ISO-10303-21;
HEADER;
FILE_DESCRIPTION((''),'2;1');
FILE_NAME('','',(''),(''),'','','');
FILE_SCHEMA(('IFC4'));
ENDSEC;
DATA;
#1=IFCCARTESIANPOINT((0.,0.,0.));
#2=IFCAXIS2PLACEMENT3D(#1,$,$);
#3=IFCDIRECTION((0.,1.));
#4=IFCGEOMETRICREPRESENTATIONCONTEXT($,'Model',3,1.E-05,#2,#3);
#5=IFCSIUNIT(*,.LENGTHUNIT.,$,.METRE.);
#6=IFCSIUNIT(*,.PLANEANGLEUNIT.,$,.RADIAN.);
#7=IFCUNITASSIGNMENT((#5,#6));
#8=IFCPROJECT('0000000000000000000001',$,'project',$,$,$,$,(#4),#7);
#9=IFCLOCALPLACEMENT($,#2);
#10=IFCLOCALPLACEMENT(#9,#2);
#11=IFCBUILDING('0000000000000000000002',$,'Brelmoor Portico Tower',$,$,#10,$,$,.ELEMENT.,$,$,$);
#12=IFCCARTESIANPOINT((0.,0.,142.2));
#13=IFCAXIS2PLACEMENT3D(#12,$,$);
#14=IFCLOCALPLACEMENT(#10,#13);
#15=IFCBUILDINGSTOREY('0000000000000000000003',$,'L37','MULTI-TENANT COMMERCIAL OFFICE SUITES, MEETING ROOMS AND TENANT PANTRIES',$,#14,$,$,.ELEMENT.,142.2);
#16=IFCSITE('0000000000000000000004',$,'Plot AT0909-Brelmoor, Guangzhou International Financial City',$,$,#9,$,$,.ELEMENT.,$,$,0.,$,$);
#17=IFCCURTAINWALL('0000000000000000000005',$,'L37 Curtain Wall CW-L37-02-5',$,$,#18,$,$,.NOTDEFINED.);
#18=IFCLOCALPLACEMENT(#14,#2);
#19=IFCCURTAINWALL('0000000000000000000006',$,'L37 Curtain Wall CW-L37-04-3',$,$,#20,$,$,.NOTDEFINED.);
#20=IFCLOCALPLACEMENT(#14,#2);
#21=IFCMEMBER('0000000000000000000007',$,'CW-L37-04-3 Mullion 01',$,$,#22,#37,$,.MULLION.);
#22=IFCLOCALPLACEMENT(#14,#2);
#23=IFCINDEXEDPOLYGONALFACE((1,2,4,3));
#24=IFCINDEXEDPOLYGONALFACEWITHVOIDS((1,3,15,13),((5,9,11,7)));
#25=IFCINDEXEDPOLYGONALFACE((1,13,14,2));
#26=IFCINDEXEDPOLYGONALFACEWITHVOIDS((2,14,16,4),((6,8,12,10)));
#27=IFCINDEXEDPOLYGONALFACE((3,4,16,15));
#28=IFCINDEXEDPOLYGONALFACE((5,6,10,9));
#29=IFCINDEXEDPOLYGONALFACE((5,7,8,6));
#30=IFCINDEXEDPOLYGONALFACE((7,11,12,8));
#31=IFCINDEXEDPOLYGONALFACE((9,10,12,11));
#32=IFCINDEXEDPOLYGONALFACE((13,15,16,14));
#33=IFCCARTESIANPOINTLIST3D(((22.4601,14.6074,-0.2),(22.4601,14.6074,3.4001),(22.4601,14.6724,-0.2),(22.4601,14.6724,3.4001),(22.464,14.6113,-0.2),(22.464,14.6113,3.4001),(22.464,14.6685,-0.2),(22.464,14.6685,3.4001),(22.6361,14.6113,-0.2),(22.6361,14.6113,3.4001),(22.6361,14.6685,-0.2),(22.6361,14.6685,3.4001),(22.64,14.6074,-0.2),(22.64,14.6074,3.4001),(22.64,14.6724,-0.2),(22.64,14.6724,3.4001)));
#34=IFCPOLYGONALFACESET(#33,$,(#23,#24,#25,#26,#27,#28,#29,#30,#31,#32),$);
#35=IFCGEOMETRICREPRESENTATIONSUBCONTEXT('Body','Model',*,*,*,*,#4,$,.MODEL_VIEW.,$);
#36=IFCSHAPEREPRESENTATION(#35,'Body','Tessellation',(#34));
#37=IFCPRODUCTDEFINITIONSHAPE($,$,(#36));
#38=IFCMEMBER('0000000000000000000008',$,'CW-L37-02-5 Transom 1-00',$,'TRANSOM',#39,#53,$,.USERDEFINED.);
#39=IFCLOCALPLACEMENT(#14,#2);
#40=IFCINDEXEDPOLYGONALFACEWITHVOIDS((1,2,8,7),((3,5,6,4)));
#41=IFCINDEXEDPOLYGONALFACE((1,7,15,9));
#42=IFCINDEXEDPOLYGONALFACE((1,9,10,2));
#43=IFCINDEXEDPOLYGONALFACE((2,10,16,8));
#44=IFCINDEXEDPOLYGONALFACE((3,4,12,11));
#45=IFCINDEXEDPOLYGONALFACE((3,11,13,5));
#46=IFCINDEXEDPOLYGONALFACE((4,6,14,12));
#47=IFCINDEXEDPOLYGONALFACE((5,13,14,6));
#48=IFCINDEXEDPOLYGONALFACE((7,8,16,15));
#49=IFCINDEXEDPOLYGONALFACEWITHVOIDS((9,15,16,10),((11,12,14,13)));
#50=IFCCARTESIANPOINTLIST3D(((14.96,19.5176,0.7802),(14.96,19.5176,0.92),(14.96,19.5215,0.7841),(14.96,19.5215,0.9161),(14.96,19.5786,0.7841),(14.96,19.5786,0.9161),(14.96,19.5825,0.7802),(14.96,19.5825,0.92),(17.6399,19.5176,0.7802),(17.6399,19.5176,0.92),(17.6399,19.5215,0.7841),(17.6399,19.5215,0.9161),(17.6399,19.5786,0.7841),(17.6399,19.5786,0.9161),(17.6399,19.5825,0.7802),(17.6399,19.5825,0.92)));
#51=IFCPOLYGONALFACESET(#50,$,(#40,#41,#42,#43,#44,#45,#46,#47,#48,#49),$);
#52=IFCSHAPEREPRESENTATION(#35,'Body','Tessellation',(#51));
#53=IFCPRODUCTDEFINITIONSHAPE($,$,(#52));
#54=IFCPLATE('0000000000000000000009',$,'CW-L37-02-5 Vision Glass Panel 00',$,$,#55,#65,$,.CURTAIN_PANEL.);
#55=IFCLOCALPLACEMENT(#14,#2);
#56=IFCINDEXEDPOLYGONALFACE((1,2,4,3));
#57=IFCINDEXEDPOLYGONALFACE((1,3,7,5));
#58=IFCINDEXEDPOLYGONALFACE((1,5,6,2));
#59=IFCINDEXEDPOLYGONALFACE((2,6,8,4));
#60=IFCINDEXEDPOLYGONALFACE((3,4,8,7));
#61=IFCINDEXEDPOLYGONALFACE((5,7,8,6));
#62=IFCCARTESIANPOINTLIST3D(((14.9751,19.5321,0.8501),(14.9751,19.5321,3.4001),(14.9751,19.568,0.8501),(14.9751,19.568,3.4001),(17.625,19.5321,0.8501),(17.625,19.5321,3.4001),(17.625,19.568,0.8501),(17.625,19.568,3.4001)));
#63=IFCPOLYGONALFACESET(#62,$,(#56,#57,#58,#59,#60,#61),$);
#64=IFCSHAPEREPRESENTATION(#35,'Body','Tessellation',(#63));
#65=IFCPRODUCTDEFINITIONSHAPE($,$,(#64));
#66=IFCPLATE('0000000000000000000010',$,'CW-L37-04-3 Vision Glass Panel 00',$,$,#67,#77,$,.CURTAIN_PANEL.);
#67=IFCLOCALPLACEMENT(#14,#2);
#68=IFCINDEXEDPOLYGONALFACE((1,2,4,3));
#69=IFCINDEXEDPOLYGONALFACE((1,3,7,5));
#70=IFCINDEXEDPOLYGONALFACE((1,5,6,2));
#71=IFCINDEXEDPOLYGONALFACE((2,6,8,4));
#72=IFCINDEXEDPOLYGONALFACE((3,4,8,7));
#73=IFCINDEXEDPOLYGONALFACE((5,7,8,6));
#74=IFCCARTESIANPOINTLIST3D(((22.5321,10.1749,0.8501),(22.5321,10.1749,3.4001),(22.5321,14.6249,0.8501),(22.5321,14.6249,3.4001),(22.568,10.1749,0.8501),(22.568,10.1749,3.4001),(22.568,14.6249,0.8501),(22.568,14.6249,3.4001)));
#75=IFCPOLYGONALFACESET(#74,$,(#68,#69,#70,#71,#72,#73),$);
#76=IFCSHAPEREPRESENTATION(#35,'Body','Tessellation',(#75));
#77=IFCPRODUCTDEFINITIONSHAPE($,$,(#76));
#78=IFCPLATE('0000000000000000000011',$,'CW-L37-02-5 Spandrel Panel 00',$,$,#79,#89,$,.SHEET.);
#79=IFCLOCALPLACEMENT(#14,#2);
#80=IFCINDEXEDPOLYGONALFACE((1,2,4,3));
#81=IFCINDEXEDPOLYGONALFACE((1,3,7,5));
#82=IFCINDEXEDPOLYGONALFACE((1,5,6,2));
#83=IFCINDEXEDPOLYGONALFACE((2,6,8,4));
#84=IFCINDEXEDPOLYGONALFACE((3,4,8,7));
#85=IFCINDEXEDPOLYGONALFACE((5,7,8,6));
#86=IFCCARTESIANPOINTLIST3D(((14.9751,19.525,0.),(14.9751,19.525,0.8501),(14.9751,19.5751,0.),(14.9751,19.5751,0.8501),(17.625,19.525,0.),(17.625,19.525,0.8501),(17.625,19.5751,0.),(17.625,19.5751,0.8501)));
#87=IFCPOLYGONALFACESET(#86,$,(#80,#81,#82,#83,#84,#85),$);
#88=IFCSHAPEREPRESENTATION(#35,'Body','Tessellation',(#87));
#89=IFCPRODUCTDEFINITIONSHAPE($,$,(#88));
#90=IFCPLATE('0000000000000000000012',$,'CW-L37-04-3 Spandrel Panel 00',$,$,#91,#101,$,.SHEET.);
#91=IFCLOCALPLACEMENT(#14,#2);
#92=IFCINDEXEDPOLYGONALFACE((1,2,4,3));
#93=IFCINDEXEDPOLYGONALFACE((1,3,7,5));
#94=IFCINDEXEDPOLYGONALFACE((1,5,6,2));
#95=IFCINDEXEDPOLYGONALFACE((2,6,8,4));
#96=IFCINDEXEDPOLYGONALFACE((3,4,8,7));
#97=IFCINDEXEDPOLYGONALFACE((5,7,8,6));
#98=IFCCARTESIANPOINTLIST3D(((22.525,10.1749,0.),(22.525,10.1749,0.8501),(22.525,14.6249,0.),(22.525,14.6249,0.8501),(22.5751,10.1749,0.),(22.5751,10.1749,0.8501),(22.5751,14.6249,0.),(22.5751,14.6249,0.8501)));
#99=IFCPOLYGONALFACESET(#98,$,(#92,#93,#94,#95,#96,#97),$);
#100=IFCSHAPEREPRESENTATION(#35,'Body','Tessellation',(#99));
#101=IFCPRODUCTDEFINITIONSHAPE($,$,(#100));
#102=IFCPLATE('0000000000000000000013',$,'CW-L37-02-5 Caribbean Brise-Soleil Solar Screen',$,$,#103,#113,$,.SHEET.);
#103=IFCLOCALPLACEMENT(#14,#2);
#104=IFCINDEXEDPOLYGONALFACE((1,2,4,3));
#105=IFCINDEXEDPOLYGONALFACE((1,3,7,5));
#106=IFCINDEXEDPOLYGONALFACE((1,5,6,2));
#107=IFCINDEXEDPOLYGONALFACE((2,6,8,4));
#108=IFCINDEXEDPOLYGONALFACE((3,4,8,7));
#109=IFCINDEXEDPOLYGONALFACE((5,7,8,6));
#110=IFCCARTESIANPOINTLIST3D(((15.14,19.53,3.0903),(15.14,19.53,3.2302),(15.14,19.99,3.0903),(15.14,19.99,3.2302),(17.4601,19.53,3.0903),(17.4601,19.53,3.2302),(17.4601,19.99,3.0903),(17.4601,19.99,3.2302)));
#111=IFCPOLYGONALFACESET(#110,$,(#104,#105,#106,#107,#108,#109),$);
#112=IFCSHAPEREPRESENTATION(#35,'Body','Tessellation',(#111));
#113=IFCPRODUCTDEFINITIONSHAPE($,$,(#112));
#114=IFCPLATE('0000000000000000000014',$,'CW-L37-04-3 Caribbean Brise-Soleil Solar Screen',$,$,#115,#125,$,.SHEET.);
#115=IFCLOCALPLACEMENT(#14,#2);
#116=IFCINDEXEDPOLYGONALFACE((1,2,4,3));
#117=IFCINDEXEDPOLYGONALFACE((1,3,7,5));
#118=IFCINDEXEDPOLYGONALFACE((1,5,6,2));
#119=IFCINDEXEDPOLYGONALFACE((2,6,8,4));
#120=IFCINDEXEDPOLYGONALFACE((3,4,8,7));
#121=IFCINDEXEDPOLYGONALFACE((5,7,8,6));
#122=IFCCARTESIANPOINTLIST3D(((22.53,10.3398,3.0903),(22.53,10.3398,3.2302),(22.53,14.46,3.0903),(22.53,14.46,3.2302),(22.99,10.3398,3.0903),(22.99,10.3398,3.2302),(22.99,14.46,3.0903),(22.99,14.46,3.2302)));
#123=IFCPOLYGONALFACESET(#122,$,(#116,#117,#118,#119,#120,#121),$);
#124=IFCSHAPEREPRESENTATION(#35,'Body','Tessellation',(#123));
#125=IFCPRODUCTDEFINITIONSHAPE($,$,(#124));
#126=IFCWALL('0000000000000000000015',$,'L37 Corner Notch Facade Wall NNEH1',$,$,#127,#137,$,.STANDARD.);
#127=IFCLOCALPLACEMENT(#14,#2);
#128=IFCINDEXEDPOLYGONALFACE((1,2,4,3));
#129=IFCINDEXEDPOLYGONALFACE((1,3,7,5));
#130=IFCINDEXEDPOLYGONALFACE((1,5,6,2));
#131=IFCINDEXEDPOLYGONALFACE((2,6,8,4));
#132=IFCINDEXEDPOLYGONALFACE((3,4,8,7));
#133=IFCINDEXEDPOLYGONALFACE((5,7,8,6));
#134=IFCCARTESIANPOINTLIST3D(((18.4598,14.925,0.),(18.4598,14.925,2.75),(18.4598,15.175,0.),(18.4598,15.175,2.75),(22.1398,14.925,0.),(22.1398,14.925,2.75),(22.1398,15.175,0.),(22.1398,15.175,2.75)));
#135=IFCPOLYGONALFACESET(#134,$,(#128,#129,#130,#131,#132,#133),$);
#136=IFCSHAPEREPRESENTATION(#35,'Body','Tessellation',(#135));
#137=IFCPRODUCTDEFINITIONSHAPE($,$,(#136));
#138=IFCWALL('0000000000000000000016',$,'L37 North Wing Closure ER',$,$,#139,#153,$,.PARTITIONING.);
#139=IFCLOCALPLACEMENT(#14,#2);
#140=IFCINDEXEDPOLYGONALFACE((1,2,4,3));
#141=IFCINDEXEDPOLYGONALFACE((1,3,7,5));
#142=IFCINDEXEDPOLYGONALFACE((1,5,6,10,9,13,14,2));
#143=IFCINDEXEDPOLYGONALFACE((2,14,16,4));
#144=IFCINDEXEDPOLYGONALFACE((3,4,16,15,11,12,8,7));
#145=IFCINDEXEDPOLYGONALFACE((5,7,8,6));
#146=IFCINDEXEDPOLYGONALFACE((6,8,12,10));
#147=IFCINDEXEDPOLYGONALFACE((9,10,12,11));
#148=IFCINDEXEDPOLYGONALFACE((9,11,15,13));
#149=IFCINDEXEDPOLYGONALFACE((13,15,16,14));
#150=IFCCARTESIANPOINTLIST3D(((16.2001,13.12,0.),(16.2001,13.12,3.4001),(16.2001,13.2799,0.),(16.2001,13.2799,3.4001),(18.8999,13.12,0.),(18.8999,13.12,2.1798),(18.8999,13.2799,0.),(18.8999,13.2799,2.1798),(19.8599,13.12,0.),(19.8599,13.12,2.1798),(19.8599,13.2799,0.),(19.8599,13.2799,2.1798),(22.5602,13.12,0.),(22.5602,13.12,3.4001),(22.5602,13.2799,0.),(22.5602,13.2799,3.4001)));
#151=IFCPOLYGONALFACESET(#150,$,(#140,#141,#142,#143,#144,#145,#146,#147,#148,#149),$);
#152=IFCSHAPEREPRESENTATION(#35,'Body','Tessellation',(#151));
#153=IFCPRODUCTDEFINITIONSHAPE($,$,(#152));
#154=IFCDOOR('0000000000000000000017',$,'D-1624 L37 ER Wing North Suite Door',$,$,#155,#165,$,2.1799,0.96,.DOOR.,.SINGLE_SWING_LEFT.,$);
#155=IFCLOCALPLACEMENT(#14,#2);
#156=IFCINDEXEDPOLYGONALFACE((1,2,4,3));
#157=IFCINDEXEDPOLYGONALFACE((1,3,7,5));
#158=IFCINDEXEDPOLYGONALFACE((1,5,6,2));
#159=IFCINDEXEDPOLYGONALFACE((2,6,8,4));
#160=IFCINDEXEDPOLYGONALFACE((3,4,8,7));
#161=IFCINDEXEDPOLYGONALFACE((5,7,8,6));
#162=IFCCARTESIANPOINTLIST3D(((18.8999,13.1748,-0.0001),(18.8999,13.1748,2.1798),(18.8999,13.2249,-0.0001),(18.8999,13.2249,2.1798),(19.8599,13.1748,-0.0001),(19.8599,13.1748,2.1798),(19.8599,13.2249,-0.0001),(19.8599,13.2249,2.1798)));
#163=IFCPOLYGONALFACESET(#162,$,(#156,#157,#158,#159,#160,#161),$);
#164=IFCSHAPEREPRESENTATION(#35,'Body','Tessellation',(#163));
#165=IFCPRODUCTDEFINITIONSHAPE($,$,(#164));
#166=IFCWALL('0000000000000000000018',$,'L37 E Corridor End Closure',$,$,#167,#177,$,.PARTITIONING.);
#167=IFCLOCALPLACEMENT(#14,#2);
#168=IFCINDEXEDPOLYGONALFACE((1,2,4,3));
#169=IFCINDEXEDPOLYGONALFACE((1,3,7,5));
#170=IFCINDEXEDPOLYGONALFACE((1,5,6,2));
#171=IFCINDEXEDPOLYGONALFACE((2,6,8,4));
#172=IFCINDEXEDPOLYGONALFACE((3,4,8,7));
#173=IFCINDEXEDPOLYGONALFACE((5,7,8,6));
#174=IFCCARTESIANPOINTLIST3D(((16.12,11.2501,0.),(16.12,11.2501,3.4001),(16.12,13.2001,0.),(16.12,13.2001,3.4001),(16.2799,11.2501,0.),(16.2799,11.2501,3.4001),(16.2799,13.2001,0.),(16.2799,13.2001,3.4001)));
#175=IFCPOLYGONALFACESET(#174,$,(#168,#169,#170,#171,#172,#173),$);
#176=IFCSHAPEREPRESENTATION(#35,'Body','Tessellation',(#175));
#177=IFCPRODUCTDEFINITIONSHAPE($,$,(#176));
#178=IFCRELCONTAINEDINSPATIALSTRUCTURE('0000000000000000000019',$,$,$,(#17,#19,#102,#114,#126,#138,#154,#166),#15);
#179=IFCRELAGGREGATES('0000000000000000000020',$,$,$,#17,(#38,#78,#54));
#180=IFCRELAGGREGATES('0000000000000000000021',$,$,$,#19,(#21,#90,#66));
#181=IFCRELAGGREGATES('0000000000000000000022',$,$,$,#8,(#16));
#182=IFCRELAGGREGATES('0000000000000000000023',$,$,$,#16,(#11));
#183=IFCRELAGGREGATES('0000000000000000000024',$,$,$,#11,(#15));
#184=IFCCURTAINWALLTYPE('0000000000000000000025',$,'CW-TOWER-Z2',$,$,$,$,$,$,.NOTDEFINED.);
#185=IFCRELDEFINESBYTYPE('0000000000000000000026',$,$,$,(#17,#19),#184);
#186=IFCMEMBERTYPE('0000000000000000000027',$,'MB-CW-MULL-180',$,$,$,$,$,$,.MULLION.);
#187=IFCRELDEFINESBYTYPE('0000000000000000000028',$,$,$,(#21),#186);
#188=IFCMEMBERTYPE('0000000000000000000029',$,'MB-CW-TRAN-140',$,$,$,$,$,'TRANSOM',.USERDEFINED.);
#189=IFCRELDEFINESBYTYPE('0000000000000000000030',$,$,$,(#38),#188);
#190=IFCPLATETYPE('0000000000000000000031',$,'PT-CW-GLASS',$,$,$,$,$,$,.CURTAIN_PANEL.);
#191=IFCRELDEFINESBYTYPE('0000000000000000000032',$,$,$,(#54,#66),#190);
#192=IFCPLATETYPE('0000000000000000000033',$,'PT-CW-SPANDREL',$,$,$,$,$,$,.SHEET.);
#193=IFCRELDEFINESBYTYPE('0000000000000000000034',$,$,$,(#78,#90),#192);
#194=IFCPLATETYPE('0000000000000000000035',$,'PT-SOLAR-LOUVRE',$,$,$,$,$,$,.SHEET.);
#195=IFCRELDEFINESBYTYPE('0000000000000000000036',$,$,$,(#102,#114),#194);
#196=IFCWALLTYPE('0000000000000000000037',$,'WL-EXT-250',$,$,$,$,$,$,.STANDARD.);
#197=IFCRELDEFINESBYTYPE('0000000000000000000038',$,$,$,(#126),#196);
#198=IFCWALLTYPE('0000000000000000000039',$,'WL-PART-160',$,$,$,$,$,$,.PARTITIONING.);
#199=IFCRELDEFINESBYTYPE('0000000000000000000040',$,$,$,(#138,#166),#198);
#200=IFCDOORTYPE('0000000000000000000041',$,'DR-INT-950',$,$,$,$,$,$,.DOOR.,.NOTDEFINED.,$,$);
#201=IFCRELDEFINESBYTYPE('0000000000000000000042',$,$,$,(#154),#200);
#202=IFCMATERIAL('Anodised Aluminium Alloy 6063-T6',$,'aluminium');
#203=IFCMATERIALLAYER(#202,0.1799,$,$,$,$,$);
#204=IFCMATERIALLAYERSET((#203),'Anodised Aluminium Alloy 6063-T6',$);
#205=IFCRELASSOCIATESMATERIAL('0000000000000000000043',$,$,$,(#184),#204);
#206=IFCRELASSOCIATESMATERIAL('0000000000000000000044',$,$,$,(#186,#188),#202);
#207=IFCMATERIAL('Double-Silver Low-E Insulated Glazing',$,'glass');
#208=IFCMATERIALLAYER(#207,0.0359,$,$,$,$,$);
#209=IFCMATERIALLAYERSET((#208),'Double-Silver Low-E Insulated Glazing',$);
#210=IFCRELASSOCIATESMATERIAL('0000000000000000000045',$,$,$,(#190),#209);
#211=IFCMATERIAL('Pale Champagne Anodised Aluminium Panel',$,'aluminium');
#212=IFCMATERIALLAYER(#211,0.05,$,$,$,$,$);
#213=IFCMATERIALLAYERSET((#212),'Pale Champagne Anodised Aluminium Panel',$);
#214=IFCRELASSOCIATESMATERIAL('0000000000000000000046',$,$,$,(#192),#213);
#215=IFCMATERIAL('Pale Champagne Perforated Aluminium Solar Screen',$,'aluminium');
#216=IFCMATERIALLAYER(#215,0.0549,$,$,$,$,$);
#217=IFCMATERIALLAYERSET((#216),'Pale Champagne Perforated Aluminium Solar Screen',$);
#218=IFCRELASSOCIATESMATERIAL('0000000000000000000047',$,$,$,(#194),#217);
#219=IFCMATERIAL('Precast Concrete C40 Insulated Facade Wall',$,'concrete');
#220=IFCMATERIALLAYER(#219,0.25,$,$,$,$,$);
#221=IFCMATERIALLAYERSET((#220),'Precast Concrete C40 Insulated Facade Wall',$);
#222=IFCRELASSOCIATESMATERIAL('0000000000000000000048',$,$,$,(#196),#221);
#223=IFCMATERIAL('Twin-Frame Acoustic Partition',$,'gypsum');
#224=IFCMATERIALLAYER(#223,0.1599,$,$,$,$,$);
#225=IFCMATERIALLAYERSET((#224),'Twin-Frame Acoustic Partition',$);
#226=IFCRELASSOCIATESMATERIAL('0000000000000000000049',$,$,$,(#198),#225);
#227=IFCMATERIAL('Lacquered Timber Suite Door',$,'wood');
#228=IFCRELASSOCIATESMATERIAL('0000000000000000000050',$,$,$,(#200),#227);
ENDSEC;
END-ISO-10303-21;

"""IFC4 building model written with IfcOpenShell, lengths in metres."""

from ifc_helpers import new_model, si_unit, direction, frame, frame_2d, origin, origin_2d, place, context, subcontext, project, spatial, rectangle, hollow_rectangle, extrude, material, layer, layer_set, material_profile, profile_set, type_object, element, fill, aggregate, save


model = new_model("IFC4")

# Units and contexts
model_context = context("Model", 3, precision=1e-05, world=origin(), true_north=direction((0.0, 1.0)))
body_context = subcontext(model_context, "Body", "Model", "MODEL_VIEW")
ifc_project = project(units=[si_unit("LENGTHUNIT", "METRE"), si_unit("PLANEANGLEUNIT", "RADIAN")], contexts=[model_context])

# Site, building, storey
site_placement = place(None, origin())
site = spatial("IfcSite", under=ifc_project, at=site_placement, Name="Plot AT0909-Brelmoor, Guangzhou International Financial City", CompositionType="ELEMENT", RefElevation=0.0)
building_placement = place(site_placement, origin())
building = spatial("IfcBuilding", under=site, at=building_placement, Name="Brelmoor Portico Tower", CompositionType="ELEMENT")
storey_placement = place(building_placement, frame((0.0, 0.0, 142.2)))
storey = spatial("IfcBuildingStorey", under=building, at=storey_placement, Name="L37", Description="MULTI-TENANT COMMERCIAL OFFICE SUITES, MEETING ROOMS AND TENANT PANTRIES", CompositionType="ELEMENT", Elevation=142.2)

# Shared definitions
ifc_material_1 = material(Name="Anodised Aluminium Alloy 6063-T6", Category="aluminium")
ifc_layer_1 = layer(ifc_material_1, 0.1799)
ifc_layer_set_1 = layer_set([ifc_layer_1], Name="Anodised Aluminium Alloy 6063-T6")
curtain_wall_type = type_object("IfcCurtainWallType", Name="CW-TOWER-Z2", PredefinedType="NOTDEFINED", material=ifc_layer_set_1)
ifc_material_profile_1 = material_profile(ifc_material_1, hollow_rectangle(XDim=0.0649, YDim=0.1799, WallThickness=0.0039, at=origin_2d()), Name="ALU MULLION 65x180")
ifc_profile_set_1 = profile_set([ifc_material_profile_1], Name="Anodised Aluminium Alloy 6063-T6")
member_type_1 = type_object("IfcMemberType", Name="MB-CW-MULL-180", PredefinedType="MULLION", material=ifc_profile_set_1)

# Curtain wall
curtain_wall_1_placement = place(storey_placement, origin())
curtain_wall_1 = element("IfcCurtainWall", 1, at=curtain_wall_1_placement, inside=storey, type_object=curtain_wall_type, Name="L37 Curtain Wall CW-L37-02-5", PredefinedType="NOTDEFINED")

# Curtain wall, member
curtain_wall_2_placement = place(storey_placement, origin())
curtain_wall_2 = element("IfcCurtainWall", 2, at=curtain_wall_2_placement, inside=storey, type_object=curtain_wall_type, Name="L37 Curtain Wall CW-L37-04-3", PredefinedType="NOTDEFINED")
member_1_placement = place(storey_placement, frame((22.55, 14.6399, -0.2), z_axis=(0.0, 0.0, 1.0), x_axis=(0.0, 1.0, 0.0)))
member_1 = element("IfcMember", 3, at=member_1_placement, type_object=member_type_1, Name="CW-L37-04-3 Mullion 01", PredefinedType="MULLION", context=body_context, shape_type="SweptSolid", body=[
    extrude(hollow_rectangle(XDim=0.0649, YDim=0.1799, WallThickness=0.0039, at=origin_2d()), origin(), (0.0, 0.0, 1.0), 3.6001),
])

# Member
ifc_material_profile_2 = material_profile(ifc_material_1, hollow_rectangle(XDim=0.0649, YDim=0.1399, WallThickness=0.0039, at=origin_2d()), Name="ALU TRANSOM 65x140")
ifc_profile_set_2 = profile_set([ifc_material_profile_2], Name="Anodised Aluminium Alloy 6063-T6")
member_type_2 = type_object("IfcMemberType", Name="MB-CW-TRAN-140", ElementType="TRANSOM", PredefinedType="USERDEFINED", material=ifc_profile_set_2)
member_2_placement = place(storey_placement, frame((14.96, 19.55, 0.8501), z_axis=(1.0, 0.0, 0.0), x_axis=(0.0, 1.0, 0.0)))
member_2 = element("IfcMember", 4, at=member_2_placement, type_object=member_type_2, Name="CW-L37-02-5 Transom 1-00", ObjectType="TRANSOM", PredefinedType="USERDEFINED", context=body_context, shape_type="SweptSolid", body=[
    extrude(hollow_rectangle(XDim=0.0649, YDim=0.1399, WallThickness=0.0039, at=origin_2d()), origin(), (0.0, 0.0, 1.0), 2.6799),
])

# Plates
ifc_material_2 = material(Name="Double-Silver Low-E Insulated Glazing", Category="glass")
ifc_layer_2 = layer(ifc_material_2, 0.0359)
ifc_layer_set_2 = layer_set([ifc_layer_2], Name="Double-Silver Low-E Insulated Glazing")
plate_type_1 = type_object("IfcPlateType", Name="PT-CW-GLASS", PredefinedType="CURTAIN_PANEL", material=ifc_layer_set_2)
plate_1_placement = place(storey_placement, frame((16.3, 19.55, 0.8501), z_axis=(0.0, 0.0, 1.0), x_axis=(1.0, 0.0, 0.0)))
plate_1 = element("IfcPlate", 5, at=plate_1_placement, type_object=plate_type_1, Name="CW-L37-02-5 Vision Glass Panel 00", PredefinedType="CURTAIN_PANEL", context=body_context, shape_type="SweptSolid", body=[
    extrude(rectangle(XDim=2.6499, YDim=0.0359, at=origin_2d()), origin(), (0.0, 0.0, 1.0), 2.55),
])
plate_2_placement = place(storey_placement, frame((22.55, 12.3999, 0.8501), z_axis=(0.0, 0.0, 1.0), x_axis=(0.0, 1.0, 0.0)))
plate_2 = element("IfcPlate", 6, at=plate_2_placement, type_object=plate_type_1, Name="CW-L37-04-3 Vision Glass Panel 00", PredefinedType="CURTAIN_PANEL", context=body_context, shape_type="SweptSolid", body=[
    extrude(rectangle(XDim=4.45, YDim=0.0359, at=origin_2d()), origin(), (0.0, 0.0, 1.0), 2.55),
])
ifc_material_3 = material(Name="Pale Champagne Anodised Aluminium Panel", Category="aluminium")
ifc_layer_3 = layer(ifc_material_3, 0.05)
ifc_layer_set_3 = layer_set([ifc_layer_3], Name="Pale Champagne Anodised Aluminium Panel")
plate_type_2 = type_object("IfcPlateType", Name="PT-CW-SPANDREL", PredefinedType="SHEET", material=ifc_layer_set_3)
plate_3_placement = place(storey_placement, frame((16.3, 19.55, 0.0), z_axis=(0.0, 0.0, 1.0), x_axis=(1.0, 0.0, 0.0)))
plate_3 = element("IfcPlate", 7, at=plate_3_placement, type_object=plate_type_2, Name="CW-L37-02-5 Spandrel Panel 00", PredefinedType="SHEET", context=body_context, shape_type="SweptSolid", body=[
    extrude(rectangle(XDim=2.6499, YDim=0.05, at=origin_2d()), origin(), (0.0, 0.0, 1.0), 0.8501),
])
aggregate(curtain_wall_1, [member_2, plate_3, plate_1])
plate_4_placement = place(storey_placement, frame((22.55, 12.3999, 0.0), z_axis=(0.0, 0.0, 1.0), x_axis=(0.0, 1.0, 0.0)))
plate_4 = element("IfcPlate", 8, at=plate_4_placement, type_object=plate_type_2, Name="CW-L37-04-3 Spandrel Panel 00", PredefinedType="SHEET", context=body_context, shape_type="SweptSolid", body=[
    extrude(rectangle(XDim=4.45, YDim=0.05, at=origin_2d()), origin(), (0.0, 0.0, 1.0), 0.8501),
])
aggregate(curtain_wall_2, [member_1, plate_4, plate_2])

# Plates
ifc_material_4 = material(Name="Pale Champagne Perforated Aluminium Solar Screen", Category="aluminium")
ifc_layer_4 = layer(ifc_material_4, 0.0549)
ifc_layer_set_4 = layer_set([ifc_layer_4], Name="Pale Champagne Perforated Aluminium Solar Screen")
plate_type_3 = type_object("IfcPlateType", Name="PT-SOLAR-LOUVRE", PredefinedType="SHEET", material=ifc_layer_set_4)
plate_5_placement = place(storey_placement, frame((16.3, 19.76, 3.0903), z_axis=(0.0, 0.0, 1.0), x_axis=(1.0, 0.0, 0.0)))
element("IfcPlate", 9, at=plate_5_placement, inside=storey, type_object=plate_type_3, Name="CW-L37-02-5 Caribbean Brise-Soleil Solar Screen", PredefinedType="SHEET", context=body_context, shape_type="SweptSolid", body=[
    extrude(rectangle(XDim=2.3201, YDim=0.46, at=origin_2d()), origin(), (0.0, 0.0, 1.0), 0.1399),
])
plate_6_placement = place(storey_placement, frame((22.76, 12.3999, 3.0903), z_axis=(0.0, 0.0, 1.0), x_axis=(0.0, 1.0, 0.0)))
element("IfcPlate", 10, at=plate_6_placement, inside=storey, type_object=plate_type_3, Name="CW-L37-04-3 Caribbean Brise-Soleil Solar Screen", PredefinedType="SHEET", context=body_context, shape_type="SweptSolid", body=[
    extrude(rectangle(XDim=4.1201, YDim=0.46, at=origin_2d()), origin(), (0.0, 0.0, 1.0), 0.1399),
])

# Wall
ifc_material_5 = material(Name="Precast Concrete C40 Insulated Facade Wall", Category="concrete")
ifc_layer_5 = layer(ifc_material_5, 0.25)
ifc_layer_set_5 = layer_set([ifc_layer_5], Name="Precast Concrete C40 Insulated Facade Wall")
wall_type_1 = type_object("IfcWallType", Name="WL-EXT-250", PredefinedType="STANDARD", material=ifc_layer_set_5)
for number, where, z_axis, x_axis, name in (
    (11, (18.46, 15.05, 0.0), (0.0, 0.0, 1.0), (1.0, 0.0, 0.0), "L37 Corner Notch Facade Wall NNEH1"),
):
    element("IfcWall", number, at=place(storey_placement, frame(where, z_axis=z_axis, x_axis=x_axis)), inside=storey, type_object=wall_type_1, Name=name, PredefinedType="STANDARD", context=body_context, shape_type="SweptSolid", body=[
        extrude(rectangle(XDim=3.6799, YDim=0.25, at=frame_2d((1.8398, 0.0))), origin(), (0.0, 0.0, 1.0), 2.75),
    ])

# Wall, opening, door
ifc_material_6 = material(Name="Twin-Frame Acoustic Partition", Category="gypsum")
ifc_layer_6 = layer(ifc_material_6, 0.1599)
ifc_layer_set_6 = layer_set([ifc_layer_6], Name="Twin-Frame Acoustic Partition")
wall_type_2 = type_object("IfcWallType", Name="WL-PART-160", PredefinedType="PARTITIONING", material=ifc_layer_set_6)
wall_1_placement = place(storey_placement, frame((16.2, 13.2, 0.0), z_axis=(0.0, 0.0, 1.0), x_axis=(1.0, 0.0, 0.0)))
wall_1 = element("IfcWall", 12, at=wall_1_placement, inside=storey, type_object=wall_type_2, Name="L37 North Wing Closure ER", PredefinedType="PARTITIONING", context=body_context, shape_type="SweptSolid", body=[
    extrude(rectangle(XDim=6.3601, YDim=0.1599, at=frame_2d((3.1802, 0.0))), origin(), (0.0, 0.0, 1.0), 3.4001),
])
opening_placement = place(wall_1_placement, frame((2.7, 0.0, 0.0)))
opening = element("IfcOpeningElement", 13, at=opening_placement, cuts=wall_1, PredefinedType="OPENING", context=body_context, shape_type="SweptSolid", body=[
    extrude(rectangle(XDim=0.96, YDim=2.1799, at=frame_2d((0.48, 1.0898))), frame((0.0, 0.0898, 0.0), z_axis=(0.0, -1.0, 0.0), x_axis=(1.0, 0.0, 0.0)), (0.0, 0.0, 1.0), 0.1799),
])
ifc_material_7 = material(Name="Lacquered Timber Suite Door", Category="wood")
door_type = type_object("IfcDoorType", Name="DR-INT-950", OperationType="NOTDEFINED", PredefinedType="DOOR", material=ifc_material_7)
door_placement = place(opening_placement, origin())
door = element("IfcDoor", 14, at=door_placement, inside=storey, type_object=door_type, Name="D-1624 L37 ER Wing North Suite Door", OperationType="SINGLE_SWING_LEFT", OverallHeight=2.1799, OverallWidth=0.96, PredefinedType="DOOR", context=body_context, shape_type="SweptSolid", body=[
    extrude(rectangle(XDim=0.96, YDim=2.1799, at=frame_2d((0.48, 1.0898))), frame((0.0, 0.0249, 0.0), z_axis=(0.0, -1.0, 0.0), x_axis=(1.0, 0.0, 0.0)), (0.0, 0.0, 1.0), 0.05),
])
fill(opening, door)

# Wall
wall_2_placement = place(storey_placement, frame((16.2, 11.25, 0.0), z_axis=(0.0, 0.0, 1.0), x_axis=(0.0, 1.0, 0.0)))
element("IfcWall", 15, at=wall_2_placement, inside=storey, type_object=wall_type_2, Name="L37 E Corridor End Closure", PredefinedType="PARTITIONING", context=body_context, shape_type="SweptSolid", body=[
    extrude(rectangle(XDim=1.95, YDim=0.1599, at=frame_2d((0.9751, 0.0))), origin(), (0.0, 0.0, 1.0), 3.4001),
])

save(model, "model.ifc")
